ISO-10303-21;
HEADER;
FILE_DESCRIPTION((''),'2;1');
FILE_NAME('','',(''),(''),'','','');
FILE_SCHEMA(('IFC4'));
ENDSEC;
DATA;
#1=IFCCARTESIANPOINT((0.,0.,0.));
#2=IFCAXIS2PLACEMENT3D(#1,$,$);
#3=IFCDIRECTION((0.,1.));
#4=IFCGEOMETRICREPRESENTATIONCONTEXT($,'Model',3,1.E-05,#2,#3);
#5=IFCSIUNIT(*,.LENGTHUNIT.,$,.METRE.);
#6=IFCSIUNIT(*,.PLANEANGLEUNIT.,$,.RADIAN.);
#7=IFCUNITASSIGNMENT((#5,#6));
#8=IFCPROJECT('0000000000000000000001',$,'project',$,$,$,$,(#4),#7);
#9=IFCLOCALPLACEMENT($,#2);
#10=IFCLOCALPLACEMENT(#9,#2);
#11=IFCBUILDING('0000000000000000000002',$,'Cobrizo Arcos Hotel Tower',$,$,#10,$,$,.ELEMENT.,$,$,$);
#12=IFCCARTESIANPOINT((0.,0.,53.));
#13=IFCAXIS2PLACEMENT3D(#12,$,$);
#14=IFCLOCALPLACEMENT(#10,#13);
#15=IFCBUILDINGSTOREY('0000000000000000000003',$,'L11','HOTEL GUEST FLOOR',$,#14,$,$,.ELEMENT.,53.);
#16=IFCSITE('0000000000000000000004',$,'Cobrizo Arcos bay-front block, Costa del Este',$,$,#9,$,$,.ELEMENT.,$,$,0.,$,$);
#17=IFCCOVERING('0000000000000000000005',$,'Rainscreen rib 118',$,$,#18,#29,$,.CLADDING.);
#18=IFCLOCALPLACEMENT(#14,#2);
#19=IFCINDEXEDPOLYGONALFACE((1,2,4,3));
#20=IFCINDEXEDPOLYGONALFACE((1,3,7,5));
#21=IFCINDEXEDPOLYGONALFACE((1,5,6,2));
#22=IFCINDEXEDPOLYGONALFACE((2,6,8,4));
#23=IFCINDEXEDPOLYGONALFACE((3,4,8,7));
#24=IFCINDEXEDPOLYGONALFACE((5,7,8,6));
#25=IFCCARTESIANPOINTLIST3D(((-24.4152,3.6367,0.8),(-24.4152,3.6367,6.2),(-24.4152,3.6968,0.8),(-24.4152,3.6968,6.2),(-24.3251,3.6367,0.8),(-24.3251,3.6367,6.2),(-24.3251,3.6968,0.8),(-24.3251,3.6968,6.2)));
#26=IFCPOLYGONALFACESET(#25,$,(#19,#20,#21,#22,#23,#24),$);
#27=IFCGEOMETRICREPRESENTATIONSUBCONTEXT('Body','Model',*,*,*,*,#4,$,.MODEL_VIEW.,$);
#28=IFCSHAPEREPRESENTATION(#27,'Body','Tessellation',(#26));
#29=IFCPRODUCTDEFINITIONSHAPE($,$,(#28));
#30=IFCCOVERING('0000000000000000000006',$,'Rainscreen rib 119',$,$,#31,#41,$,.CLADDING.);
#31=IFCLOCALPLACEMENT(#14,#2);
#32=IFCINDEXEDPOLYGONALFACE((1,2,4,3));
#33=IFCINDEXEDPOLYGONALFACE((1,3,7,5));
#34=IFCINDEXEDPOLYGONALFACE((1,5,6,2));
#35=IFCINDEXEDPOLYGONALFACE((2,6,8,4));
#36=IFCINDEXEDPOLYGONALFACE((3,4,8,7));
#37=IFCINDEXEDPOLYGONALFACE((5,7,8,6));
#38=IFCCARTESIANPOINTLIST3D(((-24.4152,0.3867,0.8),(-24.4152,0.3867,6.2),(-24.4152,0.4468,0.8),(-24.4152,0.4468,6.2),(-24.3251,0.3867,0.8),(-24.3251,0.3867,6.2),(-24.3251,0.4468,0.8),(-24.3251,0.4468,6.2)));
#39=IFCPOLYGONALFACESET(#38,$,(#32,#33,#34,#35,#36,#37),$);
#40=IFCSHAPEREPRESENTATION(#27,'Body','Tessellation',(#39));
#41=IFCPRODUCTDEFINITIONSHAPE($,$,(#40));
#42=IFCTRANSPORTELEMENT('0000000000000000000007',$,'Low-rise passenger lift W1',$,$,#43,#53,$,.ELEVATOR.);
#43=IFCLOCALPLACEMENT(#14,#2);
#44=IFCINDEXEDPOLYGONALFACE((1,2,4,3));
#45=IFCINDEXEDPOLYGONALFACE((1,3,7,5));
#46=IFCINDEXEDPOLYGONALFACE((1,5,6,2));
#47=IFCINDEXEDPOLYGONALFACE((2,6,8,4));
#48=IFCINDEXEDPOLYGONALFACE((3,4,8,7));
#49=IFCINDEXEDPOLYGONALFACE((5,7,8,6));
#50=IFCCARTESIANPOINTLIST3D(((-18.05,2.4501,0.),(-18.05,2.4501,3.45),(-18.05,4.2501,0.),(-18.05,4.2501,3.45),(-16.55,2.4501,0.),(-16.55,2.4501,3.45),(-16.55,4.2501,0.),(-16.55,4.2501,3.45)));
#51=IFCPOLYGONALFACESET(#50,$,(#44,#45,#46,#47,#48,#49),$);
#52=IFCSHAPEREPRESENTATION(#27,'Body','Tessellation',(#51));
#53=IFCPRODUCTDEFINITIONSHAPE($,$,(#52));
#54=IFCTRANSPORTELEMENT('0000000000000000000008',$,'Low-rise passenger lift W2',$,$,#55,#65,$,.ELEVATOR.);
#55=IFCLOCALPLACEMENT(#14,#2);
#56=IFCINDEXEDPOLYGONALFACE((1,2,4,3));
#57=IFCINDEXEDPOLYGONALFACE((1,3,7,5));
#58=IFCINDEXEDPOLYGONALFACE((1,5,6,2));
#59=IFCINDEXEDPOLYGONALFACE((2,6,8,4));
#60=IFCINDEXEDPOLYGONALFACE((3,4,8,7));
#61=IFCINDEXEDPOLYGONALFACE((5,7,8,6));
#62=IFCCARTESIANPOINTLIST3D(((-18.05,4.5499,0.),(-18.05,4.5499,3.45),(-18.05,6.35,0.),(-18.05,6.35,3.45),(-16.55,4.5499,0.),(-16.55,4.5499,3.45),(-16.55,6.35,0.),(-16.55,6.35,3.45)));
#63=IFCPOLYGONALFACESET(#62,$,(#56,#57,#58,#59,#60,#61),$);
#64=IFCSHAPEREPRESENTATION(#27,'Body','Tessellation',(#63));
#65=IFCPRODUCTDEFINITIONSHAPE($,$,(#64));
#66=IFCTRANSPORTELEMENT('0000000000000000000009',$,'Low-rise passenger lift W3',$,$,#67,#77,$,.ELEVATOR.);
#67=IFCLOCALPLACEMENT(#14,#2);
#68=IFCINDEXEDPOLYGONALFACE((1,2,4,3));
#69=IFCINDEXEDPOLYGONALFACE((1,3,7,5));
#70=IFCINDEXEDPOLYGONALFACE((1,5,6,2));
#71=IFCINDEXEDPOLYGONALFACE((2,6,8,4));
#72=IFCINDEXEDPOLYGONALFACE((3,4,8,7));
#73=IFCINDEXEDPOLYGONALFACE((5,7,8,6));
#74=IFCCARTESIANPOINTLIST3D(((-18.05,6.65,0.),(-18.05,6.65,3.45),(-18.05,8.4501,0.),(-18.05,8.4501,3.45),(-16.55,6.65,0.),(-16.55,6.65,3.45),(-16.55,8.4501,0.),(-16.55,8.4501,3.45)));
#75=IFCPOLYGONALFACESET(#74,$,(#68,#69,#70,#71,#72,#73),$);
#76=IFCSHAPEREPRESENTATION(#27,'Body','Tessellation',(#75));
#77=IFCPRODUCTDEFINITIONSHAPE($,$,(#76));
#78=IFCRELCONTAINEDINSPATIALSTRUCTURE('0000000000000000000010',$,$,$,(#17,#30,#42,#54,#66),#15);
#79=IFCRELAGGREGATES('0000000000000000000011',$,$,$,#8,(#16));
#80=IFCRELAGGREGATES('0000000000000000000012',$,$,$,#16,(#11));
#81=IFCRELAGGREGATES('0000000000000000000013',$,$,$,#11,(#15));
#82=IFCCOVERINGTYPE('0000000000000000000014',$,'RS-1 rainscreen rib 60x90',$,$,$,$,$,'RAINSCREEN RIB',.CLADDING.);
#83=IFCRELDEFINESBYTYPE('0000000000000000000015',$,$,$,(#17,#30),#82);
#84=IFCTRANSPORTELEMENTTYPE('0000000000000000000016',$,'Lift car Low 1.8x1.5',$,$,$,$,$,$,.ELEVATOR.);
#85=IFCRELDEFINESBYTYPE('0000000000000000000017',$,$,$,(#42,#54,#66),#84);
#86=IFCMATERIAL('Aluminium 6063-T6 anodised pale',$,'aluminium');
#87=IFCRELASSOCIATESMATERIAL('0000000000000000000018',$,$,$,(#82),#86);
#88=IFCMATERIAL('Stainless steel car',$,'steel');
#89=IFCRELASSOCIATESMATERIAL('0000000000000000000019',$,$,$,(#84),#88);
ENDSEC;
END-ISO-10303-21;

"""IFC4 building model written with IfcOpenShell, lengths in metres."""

from ifc_helpers import new_model, si_unit, direction, frame, origin, origin_2d, place, context, subcontext, project, spatial, rectangle, extrude, material, type_object, element, save


model = new_model("IFC4")

# Units and contexts
model_context = context("Model", 3, precision=1e-05, world=origin(), true_north=direction((0.0, 1.0)))
body_context = subcontext(model_context, "Body", "Model", "MODEL_VIEW")
ifc_project = project(units=[si_unit("LENGTHUNIT", "METRE"), si_unit("PLANEANGLEUNIT", "RADIAN")], contexts=[model_context])

# Site, building, storey
site_placement = place(None, origin())
site = spatial("IfcSite", under=ifc_project, at=site_placement, Name="Cobrizo Arcos bay-front block, Costa del Este", CompositionType="ELEMENT", RefElevation=0.0)
building_placement = place(site_placement, origin())
building = spatial("IfcBuilding", under=site, at=building_placement, Name="Cobrizo Arcos Hotel Tower", CompositionType="ELEMENT")
storey_placement = place(building_placement, frame((0.0, 0.0, 53.0)))
storey = spatial("IfcBuildingStorey", under=building, at=storey_placement, Name="L11", Description="HOTEL GUEST FLOOR", CompositionType="ELEMENT", Elevation=53.0)

# Coverings
ifc_material_1 = material(Name="Aluminium 6063-T6 anodised pale", Category="aluminium")
covering_type_1 = type_object("IfcCoveringType", Name="RS-1 rainscreen rib 60x90", ElementType="RAINSCREEN RIB", PredefinedType="CLADDING", material=ifc_material_1)
for number, where, z_axis, x_axis, name in (
    (1, (-24.3701, 3.6667, 0.8), (0.0, 0.0, 1.0), (0.0, -1.0, 0.0), "Rainscreen rib 118"),
    (2, (-24.3701, 0.4167, 0.8), (0.0, 0.0, 1.0), (0.0, -1.0, 0.0), "Rainscreen rib 119"),
):
    element("IfcCovering", number, at=place(storey_placement, frame(where, z_axis=z_axis, x_axis=x_axis)), inside=storey, type_object=covering_type_1, Name=name, PredefinedType="CLADDING", context=body_context, shape_type="SweptSolid", body=[
        extrude(rectangle(XDim=0.0601, YDim=0.0901, at=origin_2d()), origin(), (0.0, 0.0, 1.0), 5.3999),
    ])

# Transport elements
ifc_material_2 = material(Name="Stainless steel car", Category="steel")
transport_element_type = type_object("IfcTransportElementType", Name="Lift car Low 1.8x1.5", PredefinedType="ELEVATOR", material=ifc_material_2)
for number, where, z_axis, x_axis, name in (
    (3, (-17.3, 3.3501, 0.0), (0.0, 0.0, 1.0), (1.0, 0.0, 0.0), "Low-rise passenger lift W1"),
    (4, (-17.3, 5.45, 0.0), (0.0, 0.0, 1.0), (1.0, 0.0, 0.0), "Low-rise passenger lift W2"),
    (5, (-17.3, 7.55, 0.0), (0.0, 0.0, 1.0), (1.0, 0.0, 0.0), "Low-rise passenger lift W3"),
):
    element("IfcTransportElement", number, at=place(storey_placement, frame(where, z_axis=z_axis, x_axis=x_axis)), inside=storey, type_object=transport_element_type, Name=name, PredefinedType="ELEVATOR", context=body_context, shape_type="SweptSolid", body=[
        extrude(rectangle(XDim=1.5, YDim=1.8, at=origin_2d()), origin(), (0.0, 0.0, 1.0), 3.45),
    ])

save(model, "model.ifc")
